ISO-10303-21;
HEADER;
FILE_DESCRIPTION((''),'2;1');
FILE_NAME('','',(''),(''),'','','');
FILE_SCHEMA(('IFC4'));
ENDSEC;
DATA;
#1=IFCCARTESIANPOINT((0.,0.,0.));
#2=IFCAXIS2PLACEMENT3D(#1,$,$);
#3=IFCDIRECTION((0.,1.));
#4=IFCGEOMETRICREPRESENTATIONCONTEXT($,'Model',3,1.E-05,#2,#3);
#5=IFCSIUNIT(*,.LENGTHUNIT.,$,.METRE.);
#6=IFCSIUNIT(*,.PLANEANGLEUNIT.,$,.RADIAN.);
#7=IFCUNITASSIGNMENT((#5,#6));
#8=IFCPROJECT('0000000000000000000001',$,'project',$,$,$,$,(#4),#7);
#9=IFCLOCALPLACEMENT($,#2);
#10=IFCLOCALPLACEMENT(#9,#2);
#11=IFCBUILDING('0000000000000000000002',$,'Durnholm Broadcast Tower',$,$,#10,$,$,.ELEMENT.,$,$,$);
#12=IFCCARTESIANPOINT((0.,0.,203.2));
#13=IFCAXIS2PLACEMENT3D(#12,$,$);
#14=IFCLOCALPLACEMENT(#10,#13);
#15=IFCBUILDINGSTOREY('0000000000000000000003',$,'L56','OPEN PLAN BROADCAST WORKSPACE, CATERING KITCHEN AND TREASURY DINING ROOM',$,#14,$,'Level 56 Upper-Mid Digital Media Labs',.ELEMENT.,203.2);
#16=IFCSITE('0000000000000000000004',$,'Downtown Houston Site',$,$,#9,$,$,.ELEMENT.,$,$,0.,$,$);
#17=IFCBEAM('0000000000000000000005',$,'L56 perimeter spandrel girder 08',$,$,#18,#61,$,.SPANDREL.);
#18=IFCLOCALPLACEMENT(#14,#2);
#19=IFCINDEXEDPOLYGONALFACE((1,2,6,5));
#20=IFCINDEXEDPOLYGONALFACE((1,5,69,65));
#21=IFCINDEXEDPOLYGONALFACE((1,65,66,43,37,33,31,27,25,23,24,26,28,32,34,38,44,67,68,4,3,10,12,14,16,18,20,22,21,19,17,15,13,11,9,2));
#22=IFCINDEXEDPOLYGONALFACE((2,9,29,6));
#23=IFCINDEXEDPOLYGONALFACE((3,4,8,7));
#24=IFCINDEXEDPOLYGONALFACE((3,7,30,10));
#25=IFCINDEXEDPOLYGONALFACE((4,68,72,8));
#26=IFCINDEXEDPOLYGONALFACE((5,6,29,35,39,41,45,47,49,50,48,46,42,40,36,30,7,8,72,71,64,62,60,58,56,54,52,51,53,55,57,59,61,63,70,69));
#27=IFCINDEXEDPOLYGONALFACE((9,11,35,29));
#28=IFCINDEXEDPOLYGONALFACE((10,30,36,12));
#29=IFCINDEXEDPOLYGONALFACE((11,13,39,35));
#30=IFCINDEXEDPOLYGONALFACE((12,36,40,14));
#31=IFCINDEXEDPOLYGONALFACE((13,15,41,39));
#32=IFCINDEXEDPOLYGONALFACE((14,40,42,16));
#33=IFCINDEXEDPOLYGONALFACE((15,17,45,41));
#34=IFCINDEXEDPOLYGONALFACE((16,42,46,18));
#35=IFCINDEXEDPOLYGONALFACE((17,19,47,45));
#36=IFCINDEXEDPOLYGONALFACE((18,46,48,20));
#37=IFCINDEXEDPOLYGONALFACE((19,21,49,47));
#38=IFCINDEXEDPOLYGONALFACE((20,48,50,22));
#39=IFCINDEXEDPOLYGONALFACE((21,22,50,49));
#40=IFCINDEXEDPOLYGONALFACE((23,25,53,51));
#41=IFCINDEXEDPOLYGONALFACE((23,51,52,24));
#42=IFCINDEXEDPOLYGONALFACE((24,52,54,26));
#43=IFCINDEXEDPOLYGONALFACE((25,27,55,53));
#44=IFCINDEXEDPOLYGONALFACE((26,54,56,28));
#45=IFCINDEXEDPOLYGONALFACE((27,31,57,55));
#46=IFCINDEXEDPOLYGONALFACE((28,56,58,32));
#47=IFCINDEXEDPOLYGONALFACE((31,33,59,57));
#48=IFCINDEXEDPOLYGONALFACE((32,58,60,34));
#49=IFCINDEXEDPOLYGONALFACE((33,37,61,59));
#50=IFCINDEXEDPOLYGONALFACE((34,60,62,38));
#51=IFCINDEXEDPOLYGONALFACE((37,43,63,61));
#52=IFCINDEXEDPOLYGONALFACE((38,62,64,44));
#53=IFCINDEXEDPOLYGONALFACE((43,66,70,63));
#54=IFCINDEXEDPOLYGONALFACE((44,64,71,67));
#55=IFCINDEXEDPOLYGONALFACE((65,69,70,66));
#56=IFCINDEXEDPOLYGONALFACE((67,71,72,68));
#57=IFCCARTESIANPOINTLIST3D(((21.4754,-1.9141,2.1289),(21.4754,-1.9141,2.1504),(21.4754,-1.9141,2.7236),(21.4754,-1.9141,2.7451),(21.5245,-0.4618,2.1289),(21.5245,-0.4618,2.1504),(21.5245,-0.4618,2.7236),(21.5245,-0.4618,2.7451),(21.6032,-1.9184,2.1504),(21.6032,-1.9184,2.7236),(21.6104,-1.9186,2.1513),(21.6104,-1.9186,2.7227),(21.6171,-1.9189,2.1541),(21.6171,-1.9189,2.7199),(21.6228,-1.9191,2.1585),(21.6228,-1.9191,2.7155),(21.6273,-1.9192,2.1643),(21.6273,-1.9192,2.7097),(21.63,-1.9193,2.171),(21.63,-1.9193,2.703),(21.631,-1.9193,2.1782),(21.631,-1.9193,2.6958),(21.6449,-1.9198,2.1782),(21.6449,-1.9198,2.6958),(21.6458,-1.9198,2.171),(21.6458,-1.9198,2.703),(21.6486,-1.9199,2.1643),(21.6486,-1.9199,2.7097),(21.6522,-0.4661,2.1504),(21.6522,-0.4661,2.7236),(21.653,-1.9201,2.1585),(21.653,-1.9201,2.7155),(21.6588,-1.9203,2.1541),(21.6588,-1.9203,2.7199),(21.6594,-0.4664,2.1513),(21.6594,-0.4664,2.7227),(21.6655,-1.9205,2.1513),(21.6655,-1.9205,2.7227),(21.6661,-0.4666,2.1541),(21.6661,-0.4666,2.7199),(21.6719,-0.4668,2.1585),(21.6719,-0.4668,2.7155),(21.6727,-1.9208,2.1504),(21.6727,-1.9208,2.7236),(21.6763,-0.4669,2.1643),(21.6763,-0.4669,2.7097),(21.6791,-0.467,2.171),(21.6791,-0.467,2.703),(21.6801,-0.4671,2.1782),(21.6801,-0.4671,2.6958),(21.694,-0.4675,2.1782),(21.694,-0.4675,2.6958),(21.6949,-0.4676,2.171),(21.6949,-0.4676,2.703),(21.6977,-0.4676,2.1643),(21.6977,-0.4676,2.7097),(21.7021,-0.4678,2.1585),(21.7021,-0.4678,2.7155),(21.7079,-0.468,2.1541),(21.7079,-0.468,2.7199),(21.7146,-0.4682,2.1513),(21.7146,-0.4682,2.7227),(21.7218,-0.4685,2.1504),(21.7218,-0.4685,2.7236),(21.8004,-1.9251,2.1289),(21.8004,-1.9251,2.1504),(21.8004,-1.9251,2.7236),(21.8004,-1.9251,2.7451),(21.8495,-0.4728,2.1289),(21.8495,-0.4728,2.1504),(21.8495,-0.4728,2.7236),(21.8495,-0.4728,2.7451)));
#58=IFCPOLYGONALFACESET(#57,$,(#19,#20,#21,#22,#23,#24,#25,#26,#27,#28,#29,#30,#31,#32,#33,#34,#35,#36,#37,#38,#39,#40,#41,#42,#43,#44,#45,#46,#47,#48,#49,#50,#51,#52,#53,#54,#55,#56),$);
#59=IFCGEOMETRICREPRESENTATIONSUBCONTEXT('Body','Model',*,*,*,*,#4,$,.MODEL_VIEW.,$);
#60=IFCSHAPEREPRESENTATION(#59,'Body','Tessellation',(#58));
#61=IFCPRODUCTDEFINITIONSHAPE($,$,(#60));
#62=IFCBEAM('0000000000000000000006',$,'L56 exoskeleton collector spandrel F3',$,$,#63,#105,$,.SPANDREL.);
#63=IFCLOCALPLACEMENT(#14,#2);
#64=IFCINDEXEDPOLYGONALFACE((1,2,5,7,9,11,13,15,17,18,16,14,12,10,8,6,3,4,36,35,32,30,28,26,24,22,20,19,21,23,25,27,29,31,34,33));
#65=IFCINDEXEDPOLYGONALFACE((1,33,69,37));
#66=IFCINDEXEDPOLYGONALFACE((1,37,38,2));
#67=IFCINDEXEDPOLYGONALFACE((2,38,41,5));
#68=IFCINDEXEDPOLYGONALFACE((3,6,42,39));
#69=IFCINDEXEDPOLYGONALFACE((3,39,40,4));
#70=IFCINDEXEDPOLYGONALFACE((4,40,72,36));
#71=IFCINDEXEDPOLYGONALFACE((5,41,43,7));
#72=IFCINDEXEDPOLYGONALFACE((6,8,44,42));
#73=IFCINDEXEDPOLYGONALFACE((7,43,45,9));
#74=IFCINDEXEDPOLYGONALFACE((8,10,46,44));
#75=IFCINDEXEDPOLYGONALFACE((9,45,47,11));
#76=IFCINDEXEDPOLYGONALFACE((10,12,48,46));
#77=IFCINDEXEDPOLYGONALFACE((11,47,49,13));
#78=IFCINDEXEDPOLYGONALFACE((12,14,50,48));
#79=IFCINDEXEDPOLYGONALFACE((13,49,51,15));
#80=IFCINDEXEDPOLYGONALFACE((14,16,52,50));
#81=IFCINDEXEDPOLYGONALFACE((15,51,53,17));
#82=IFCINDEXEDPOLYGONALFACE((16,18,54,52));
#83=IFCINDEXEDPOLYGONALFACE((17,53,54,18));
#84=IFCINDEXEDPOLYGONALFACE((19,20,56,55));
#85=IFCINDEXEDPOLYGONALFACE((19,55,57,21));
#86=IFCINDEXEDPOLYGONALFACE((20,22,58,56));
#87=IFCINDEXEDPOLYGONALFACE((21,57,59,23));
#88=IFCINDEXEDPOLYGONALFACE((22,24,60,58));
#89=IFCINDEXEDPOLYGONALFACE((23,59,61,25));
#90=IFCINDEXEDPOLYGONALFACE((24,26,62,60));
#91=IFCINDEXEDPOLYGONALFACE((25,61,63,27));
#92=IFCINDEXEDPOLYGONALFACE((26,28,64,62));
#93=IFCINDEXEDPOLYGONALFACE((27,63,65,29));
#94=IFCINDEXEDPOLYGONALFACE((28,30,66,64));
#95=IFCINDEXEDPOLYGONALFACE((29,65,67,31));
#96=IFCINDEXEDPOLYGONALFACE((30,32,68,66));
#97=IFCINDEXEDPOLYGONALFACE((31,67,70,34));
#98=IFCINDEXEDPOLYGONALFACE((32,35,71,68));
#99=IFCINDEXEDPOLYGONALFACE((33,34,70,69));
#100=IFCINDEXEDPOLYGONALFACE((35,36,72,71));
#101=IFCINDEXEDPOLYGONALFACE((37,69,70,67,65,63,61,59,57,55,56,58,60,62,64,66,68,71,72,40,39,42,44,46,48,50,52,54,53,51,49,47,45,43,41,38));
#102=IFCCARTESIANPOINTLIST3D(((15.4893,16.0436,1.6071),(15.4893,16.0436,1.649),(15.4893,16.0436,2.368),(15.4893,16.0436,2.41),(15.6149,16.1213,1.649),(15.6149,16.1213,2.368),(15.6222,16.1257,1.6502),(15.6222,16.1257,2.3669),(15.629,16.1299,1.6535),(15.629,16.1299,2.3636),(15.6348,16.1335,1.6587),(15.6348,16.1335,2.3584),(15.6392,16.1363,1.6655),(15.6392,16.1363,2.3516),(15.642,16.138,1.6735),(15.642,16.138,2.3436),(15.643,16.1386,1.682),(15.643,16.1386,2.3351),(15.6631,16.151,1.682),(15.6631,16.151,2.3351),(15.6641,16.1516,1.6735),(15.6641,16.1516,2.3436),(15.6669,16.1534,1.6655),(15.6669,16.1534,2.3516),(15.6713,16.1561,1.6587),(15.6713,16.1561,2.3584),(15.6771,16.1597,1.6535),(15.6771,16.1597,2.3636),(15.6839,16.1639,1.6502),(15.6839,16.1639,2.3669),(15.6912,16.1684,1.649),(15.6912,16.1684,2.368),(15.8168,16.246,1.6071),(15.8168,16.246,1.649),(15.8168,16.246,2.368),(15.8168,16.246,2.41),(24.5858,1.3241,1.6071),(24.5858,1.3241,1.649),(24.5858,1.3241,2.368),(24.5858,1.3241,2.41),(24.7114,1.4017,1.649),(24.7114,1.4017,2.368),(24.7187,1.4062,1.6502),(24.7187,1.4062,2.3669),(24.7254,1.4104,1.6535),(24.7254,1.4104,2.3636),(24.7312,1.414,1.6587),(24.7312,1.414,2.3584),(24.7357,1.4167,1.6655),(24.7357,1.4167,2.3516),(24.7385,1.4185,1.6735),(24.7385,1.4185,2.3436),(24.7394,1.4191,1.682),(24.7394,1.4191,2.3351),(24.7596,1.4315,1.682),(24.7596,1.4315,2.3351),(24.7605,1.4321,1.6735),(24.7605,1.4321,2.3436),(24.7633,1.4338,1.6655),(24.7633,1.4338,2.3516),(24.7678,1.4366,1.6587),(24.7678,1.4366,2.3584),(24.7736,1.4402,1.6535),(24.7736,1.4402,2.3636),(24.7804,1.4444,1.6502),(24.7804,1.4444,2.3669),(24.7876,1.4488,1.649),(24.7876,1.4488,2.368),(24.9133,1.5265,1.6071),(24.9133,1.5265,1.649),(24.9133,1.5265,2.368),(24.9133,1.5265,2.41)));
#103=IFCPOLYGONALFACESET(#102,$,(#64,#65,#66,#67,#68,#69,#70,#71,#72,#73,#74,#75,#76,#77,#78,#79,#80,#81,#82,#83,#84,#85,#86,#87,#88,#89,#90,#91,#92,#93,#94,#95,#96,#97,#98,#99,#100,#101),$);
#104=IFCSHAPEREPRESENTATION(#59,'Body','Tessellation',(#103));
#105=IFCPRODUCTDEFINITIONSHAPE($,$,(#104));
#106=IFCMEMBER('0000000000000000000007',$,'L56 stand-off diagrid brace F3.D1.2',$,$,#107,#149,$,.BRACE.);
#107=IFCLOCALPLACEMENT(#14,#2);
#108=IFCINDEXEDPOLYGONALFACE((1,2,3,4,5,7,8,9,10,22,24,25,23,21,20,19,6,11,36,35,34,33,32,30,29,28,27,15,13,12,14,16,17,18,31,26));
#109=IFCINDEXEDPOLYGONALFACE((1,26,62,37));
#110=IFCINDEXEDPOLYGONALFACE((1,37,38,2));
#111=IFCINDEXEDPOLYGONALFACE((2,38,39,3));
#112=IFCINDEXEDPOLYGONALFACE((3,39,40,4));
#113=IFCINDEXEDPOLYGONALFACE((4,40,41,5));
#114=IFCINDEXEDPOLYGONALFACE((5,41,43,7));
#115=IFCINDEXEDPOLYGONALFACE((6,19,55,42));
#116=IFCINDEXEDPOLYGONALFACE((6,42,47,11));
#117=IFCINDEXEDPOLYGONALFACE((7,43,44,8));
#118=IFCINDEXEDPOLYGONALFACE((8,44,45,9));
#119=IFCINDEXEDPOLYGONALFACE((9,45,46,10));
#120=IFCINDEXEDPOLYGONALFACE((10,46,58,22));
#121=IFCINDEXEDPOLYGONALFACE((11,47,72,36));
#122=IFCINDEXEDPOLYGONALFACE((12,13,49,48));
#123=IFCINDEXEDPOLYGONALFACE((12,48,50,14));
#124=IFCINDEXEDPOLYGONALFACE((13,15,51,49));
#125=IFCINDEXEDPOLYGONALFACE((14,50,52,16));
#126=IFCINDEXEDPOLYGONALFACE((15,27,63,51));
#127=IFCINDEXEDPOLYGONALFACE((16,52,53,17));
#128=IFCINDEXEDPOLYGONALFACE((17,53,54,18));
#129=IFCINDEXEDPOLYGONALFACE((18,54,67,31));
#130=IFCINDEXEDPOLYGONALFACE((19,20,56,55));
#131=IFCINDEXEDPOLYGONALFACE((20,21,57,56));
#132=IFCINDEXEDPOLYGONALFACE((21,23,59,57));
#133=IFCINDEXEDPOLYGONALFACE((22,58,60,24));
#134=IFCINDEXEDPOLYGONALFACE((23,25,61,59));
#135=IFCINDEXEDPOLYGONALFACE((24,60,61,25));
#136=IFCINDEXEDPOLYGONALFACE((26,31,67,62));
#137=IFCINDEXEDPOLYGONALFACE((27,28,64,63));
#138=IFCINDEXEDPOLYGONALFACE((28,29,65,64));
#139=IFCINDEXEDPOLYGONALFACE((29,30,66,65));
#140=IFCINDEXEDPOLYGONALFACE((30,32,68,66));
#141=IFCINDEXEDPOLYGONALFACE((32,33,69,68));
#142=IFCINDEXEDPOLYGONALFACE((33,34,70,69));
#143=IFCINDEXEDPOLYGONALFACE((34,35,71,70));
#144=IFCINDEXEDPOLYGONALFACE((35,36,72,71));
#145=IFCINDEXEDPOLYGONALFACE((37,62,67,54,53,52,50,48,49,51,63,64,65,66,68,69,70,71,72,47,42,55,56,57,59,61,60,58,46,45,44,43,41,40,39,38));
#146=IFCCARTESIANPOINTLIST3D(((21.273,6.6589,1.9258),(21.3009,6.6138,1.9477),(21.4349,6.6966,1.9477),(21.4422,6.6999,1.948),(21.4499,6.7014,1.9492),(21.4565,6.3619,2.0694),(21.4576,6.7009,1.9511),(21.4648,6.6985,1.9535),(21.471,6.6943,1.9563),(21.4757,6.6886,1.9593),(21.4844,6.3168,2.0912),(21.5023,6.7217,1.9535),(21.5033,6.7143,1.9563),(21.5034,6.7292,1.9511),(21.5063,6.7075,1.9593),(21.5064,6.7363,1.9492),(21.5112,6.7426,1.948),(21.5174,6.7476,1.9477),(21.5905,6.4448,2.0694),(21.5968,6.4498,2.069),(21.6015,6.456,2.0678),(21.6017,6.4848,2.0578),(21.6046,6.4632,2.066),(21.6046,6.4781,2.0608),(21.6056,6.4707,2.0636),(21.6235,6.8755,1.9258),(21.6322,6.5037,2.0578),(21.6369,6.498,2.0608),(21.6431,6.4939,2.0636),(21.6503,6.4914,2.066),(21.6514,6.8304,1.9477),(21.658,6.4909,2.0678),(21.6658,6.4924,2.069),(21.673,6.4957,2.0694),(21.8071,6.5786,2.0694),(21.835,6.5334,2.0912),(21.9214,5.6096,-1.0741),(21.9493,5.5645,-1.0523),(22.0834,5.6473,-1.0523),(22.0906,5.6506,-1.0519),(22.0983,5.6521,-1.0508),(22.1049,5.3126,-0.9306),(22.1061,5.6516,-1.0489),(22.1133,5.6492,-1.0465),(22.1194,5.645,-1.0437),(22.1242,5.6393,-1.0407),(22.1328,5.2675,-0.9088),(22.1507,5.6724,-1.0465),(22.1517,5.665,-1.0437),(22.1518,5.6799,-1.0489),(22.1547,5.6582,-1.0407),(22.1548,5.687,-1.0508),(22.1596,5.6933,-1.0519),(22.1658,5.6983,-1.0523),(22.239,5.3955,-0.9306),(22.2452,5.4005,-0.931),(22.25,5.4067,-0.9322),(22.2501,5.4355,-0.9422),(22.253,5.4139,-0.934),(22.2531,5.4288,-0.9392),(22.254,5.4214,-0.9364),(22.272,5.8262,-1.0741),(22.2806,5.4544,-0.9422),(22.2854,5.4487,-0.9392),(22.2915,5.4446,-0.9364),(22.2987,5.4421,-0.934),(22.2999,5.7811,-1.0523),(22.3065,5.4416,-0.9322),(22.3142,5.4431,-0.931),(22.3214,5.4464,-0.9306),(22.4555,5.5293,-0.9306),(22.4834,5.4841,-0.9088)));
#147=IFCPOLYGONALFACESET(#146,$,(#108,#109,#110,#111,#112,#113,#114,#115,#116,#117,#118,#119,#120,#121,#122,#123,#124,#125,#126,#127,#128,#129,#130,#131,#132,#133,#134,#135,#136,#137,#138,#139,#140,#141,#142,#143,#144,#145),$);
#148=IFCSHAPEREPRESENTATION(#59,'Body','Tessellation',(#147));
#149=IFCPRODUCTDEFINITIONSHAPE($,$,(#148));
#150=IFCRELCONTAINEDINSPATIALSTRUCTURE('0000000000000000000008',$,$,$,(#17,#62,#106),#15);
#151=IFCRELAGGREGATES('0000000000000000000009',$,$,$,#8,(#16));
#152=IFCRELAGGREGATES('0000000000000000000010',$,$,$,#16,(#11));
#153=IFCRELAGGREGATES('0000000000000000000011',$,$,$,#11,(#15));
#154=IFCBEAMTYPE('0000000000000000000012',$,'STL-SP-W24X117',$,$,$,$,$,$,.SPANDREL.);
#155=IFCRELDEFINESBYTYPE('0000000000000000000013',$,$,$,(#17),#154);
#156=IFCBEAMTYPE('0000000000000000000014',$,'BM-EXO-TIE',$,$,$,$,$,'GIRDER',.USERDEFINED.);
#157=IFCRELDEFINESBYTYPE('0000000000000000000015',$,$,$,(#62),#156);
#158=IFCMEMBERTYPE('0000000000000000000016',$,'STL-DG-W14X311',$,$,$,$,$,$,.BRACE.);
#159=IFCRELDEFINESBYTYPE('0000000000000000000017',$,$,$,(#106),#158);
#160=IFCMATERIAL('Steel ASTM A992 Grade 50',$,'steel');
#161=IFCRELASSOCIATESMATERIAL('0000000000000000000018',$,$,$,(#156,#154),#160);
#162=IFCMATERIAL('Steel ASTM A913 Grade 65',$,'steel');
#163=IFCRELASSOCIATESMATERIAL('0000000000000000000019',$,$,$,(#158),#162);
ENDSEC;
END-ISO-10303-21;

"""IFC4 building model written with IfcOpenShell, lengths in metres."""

from ifc_helpers import new_model, si_unit, direction, frame, origin, origin_2d, place, context, subcontext, project, spatial, i_section, extrude, source, transform, mapped, material, material_profile, profile_set, type_object, element, save


model = new_model("IFC4")

# Units and contexts
model_context = context("Model", 3, precision=1e-05, world=origin(), true_north=direction((0.0, 1.0)))
body_context = subcontext(model_context, "Body", "Model", "MODEL_VIEW")
ifc_project = project(units=[si_unit("LENGTHUNIT", "METRE"), si_unit("PLANEANGLEUNIT", "RADIAN")], contexts=[model_context])

# Site, building, storey
site_placement = place(None, origin())
site = spatial("IfcSite", under=ifc_project, at=site_placement, Name="Downtown Houston Site", CompositionType="ELEMENT", RefElevation=0.0)
building_placement = place(site_placement, origin())
building = spatial("IfcBuilding", under=site, at=building_placement, Name="Durnholm Broadcast Tower", CompositionType="ELEMENT")
storey_placement = place(building_placement, frame((0.0, 0.0, 203.2)))
storey = spatial("IfcBuildingStorey", under=building, at=storey_placement, Name="L56", Description="OPEN PLAN BROADCAST WORKSPACE, CATERING KITCHEN AND TREASURY DINING ROOM", LongName="Level 56 Upper-Mid Digital Media Labs", CompositionType="ELEMENT", Elevation=203.2)

# Beams
ifc_material_1 = material(Name="Steel ASTM A992 Grade 50", Category="steel")
ifc_material_profile_1 = material_profile(ifc_material_1, i_section(OverallWidth=0.385, OverallDepth=0.803, WebThickness=0.0237, FlangeThickness=0.042, FilletRadius=0.033, at=origin_2d()), Name="W30X261")
ifc_profile_set_1 = profile_set([ifc_material_profile_1], Name="Steel ASTM A992 Grade 50")
beam_type_1 = type_object("IfcBeamType", Name="BM-EXO-TIE", ElementType="GIRDER", PredefinedType="USERDEFINED", material=ifc_profile_set_1)
ifc_material_profile_2 = material_profile(ifc_material_1, i_section(OverallWidth=0.3252, OverallDepth=0.6162, WebThickness=0.0139, FlangeThickness=0.0215, FilletRadius=0.0278, at=origin_2d()), Name="W24X117")
ifc_profile_set_2 = profile_set([ifc_material_profile_2], Name="Steel ASTM A992 Grade 50")
beam_type_2 = type_object("IfcBeamType", Name="STL-SP-W24X117", PredefinedType="SPANDREL", material=ifc_profile_set_2)
shared_shape_1 = source(origin(), body_context, "Body", "SweptSolid", [
    extrude(i_section(OverallWidth=0.3252, OverallDepth=0.6162, WebThickness=0.0139, FlangeThickness=0.0215, FilletRadius=0.0278, at=origin_2d()), origin(), (0.0, 0.0, 1.0), 1.4531),
])
beam_1_placement = place(storey_placement, frame((21.687, -0.4673, 2.437), z_axis=(-0.033768, -0.99943, 0.0), x_axis=(0.99943, -0.033768, 0.0)))
element("IfcBeam", 1, at=beam_1_placement, inside=storey, type_object=beam_type_2, Name="L56 perimeter spandrel girder 08", PredefinedType="SPANDREL", context=body_context, shape_type="MappedRepresentation", body=[
    mapped(shared_shape_1, transform((0.0, 0.0, 0.0), x_axis=(1.0, 0.0, 0.0), y_axis=(0.0, 1.0, 0.0), z_axis=(0.0, 0.0, 1.0), scale=1.0)),
])
shared_shape_2 = source(origin(), body_context, "Body", "SweptSolid", [
    extrude(i_section(OverallWidth=0.385, OverallDepth=0.803, WebThickness=0.0237, FlangeThickness=0.042, FilletRadius=0.033, at=origin_2d()), origin(), (0.0, 0.0, 1.0), 17.3035),
])
beam_2_placement = place(storey_placement, frame((24.7495, 1.4253, 2.0085), z_axis=(-0.525702, 0.850669, 0.0), x_axis=(-0.850669, -0.525702, 0.0)))
element("IfcBeam", 2, at=beam_2_placement, inside=storey, type_object=beam_type_1, Name="L56 exoskeleton collector spandrel F3", PredefinedType="SPANDREL", context=body_context, shape_type="MappedRepresentation", body=[
    mapped(shared_shape_2, transform((0.0, 0.0, 0.0), x_axis=(1.0, 0.0, 0.0), y_axis=(0.0, 1.0, 0.0), z_axis=(0.0, 0.0, 1.0), scale=1.0)),
])

# Member
ifc_material_2 = material(Name="Steel ASTM A913 Grade 65", Category="steel")
ifc_material_profile_3 = material_profile(ifc_material_2, i_section(OverallWidth=0.4121, OverallDepth=0.4348, WebThickness=0.0359, FlangeThickness=0.0574, FilletRadius=0.0305, at=origin_2d()), Name="W14X311")
ifc_profile_set_3 = profile_set([ifc_material_profile_3], Name="Steel ASTM A913 Grade 65")
member_type_1 = type_object("IfcMemberType", Name="STL-DG-W14X311", PredefinedType="BRACE", material=ifc_profile_set_3)
shared_shape_3 = source(origin(), body_context, "Body", "SweptSolid", [
    extrude(i_section(OverallWidth=0.4121, OverallDepth=0.4348, WebThickness=0.0359, FlangeThickness=0.0574, FilletRadius=0.0305, at=origin_2d()), origin(), (0.0, 0.0, 1.0), 3.2437),
])
for number, where, z_axis, x_axis, name in (
    (3, (22.2024, 5.5469, -0.9915), (-0.199907, 0.323494, 0.924872), (-0.850678, -0.525687, 0.0), "L56 stand-off diagrid brace F3.D1.2"),
):
    element("IfcMember", number, at=place(storey_placement, frame(where, z_axis=z_axis, x_axis=x_axis)), inside=storey, type_object=member_type_1, Name=name, PredefinedType="BRACE", context=body_context, shape_type="MappedRepresentation", body=[
        mapped(shared_shape_3, transform((0.0, 0.0, 0.0), x_axis=(1.0, 0.0, 0.0), y_axis=(0.0, 1.0, 0.0), z_axis=(0.0, 0.0, 1.0), scale=1.0)),
    ])

save(model, "model.ifc")
